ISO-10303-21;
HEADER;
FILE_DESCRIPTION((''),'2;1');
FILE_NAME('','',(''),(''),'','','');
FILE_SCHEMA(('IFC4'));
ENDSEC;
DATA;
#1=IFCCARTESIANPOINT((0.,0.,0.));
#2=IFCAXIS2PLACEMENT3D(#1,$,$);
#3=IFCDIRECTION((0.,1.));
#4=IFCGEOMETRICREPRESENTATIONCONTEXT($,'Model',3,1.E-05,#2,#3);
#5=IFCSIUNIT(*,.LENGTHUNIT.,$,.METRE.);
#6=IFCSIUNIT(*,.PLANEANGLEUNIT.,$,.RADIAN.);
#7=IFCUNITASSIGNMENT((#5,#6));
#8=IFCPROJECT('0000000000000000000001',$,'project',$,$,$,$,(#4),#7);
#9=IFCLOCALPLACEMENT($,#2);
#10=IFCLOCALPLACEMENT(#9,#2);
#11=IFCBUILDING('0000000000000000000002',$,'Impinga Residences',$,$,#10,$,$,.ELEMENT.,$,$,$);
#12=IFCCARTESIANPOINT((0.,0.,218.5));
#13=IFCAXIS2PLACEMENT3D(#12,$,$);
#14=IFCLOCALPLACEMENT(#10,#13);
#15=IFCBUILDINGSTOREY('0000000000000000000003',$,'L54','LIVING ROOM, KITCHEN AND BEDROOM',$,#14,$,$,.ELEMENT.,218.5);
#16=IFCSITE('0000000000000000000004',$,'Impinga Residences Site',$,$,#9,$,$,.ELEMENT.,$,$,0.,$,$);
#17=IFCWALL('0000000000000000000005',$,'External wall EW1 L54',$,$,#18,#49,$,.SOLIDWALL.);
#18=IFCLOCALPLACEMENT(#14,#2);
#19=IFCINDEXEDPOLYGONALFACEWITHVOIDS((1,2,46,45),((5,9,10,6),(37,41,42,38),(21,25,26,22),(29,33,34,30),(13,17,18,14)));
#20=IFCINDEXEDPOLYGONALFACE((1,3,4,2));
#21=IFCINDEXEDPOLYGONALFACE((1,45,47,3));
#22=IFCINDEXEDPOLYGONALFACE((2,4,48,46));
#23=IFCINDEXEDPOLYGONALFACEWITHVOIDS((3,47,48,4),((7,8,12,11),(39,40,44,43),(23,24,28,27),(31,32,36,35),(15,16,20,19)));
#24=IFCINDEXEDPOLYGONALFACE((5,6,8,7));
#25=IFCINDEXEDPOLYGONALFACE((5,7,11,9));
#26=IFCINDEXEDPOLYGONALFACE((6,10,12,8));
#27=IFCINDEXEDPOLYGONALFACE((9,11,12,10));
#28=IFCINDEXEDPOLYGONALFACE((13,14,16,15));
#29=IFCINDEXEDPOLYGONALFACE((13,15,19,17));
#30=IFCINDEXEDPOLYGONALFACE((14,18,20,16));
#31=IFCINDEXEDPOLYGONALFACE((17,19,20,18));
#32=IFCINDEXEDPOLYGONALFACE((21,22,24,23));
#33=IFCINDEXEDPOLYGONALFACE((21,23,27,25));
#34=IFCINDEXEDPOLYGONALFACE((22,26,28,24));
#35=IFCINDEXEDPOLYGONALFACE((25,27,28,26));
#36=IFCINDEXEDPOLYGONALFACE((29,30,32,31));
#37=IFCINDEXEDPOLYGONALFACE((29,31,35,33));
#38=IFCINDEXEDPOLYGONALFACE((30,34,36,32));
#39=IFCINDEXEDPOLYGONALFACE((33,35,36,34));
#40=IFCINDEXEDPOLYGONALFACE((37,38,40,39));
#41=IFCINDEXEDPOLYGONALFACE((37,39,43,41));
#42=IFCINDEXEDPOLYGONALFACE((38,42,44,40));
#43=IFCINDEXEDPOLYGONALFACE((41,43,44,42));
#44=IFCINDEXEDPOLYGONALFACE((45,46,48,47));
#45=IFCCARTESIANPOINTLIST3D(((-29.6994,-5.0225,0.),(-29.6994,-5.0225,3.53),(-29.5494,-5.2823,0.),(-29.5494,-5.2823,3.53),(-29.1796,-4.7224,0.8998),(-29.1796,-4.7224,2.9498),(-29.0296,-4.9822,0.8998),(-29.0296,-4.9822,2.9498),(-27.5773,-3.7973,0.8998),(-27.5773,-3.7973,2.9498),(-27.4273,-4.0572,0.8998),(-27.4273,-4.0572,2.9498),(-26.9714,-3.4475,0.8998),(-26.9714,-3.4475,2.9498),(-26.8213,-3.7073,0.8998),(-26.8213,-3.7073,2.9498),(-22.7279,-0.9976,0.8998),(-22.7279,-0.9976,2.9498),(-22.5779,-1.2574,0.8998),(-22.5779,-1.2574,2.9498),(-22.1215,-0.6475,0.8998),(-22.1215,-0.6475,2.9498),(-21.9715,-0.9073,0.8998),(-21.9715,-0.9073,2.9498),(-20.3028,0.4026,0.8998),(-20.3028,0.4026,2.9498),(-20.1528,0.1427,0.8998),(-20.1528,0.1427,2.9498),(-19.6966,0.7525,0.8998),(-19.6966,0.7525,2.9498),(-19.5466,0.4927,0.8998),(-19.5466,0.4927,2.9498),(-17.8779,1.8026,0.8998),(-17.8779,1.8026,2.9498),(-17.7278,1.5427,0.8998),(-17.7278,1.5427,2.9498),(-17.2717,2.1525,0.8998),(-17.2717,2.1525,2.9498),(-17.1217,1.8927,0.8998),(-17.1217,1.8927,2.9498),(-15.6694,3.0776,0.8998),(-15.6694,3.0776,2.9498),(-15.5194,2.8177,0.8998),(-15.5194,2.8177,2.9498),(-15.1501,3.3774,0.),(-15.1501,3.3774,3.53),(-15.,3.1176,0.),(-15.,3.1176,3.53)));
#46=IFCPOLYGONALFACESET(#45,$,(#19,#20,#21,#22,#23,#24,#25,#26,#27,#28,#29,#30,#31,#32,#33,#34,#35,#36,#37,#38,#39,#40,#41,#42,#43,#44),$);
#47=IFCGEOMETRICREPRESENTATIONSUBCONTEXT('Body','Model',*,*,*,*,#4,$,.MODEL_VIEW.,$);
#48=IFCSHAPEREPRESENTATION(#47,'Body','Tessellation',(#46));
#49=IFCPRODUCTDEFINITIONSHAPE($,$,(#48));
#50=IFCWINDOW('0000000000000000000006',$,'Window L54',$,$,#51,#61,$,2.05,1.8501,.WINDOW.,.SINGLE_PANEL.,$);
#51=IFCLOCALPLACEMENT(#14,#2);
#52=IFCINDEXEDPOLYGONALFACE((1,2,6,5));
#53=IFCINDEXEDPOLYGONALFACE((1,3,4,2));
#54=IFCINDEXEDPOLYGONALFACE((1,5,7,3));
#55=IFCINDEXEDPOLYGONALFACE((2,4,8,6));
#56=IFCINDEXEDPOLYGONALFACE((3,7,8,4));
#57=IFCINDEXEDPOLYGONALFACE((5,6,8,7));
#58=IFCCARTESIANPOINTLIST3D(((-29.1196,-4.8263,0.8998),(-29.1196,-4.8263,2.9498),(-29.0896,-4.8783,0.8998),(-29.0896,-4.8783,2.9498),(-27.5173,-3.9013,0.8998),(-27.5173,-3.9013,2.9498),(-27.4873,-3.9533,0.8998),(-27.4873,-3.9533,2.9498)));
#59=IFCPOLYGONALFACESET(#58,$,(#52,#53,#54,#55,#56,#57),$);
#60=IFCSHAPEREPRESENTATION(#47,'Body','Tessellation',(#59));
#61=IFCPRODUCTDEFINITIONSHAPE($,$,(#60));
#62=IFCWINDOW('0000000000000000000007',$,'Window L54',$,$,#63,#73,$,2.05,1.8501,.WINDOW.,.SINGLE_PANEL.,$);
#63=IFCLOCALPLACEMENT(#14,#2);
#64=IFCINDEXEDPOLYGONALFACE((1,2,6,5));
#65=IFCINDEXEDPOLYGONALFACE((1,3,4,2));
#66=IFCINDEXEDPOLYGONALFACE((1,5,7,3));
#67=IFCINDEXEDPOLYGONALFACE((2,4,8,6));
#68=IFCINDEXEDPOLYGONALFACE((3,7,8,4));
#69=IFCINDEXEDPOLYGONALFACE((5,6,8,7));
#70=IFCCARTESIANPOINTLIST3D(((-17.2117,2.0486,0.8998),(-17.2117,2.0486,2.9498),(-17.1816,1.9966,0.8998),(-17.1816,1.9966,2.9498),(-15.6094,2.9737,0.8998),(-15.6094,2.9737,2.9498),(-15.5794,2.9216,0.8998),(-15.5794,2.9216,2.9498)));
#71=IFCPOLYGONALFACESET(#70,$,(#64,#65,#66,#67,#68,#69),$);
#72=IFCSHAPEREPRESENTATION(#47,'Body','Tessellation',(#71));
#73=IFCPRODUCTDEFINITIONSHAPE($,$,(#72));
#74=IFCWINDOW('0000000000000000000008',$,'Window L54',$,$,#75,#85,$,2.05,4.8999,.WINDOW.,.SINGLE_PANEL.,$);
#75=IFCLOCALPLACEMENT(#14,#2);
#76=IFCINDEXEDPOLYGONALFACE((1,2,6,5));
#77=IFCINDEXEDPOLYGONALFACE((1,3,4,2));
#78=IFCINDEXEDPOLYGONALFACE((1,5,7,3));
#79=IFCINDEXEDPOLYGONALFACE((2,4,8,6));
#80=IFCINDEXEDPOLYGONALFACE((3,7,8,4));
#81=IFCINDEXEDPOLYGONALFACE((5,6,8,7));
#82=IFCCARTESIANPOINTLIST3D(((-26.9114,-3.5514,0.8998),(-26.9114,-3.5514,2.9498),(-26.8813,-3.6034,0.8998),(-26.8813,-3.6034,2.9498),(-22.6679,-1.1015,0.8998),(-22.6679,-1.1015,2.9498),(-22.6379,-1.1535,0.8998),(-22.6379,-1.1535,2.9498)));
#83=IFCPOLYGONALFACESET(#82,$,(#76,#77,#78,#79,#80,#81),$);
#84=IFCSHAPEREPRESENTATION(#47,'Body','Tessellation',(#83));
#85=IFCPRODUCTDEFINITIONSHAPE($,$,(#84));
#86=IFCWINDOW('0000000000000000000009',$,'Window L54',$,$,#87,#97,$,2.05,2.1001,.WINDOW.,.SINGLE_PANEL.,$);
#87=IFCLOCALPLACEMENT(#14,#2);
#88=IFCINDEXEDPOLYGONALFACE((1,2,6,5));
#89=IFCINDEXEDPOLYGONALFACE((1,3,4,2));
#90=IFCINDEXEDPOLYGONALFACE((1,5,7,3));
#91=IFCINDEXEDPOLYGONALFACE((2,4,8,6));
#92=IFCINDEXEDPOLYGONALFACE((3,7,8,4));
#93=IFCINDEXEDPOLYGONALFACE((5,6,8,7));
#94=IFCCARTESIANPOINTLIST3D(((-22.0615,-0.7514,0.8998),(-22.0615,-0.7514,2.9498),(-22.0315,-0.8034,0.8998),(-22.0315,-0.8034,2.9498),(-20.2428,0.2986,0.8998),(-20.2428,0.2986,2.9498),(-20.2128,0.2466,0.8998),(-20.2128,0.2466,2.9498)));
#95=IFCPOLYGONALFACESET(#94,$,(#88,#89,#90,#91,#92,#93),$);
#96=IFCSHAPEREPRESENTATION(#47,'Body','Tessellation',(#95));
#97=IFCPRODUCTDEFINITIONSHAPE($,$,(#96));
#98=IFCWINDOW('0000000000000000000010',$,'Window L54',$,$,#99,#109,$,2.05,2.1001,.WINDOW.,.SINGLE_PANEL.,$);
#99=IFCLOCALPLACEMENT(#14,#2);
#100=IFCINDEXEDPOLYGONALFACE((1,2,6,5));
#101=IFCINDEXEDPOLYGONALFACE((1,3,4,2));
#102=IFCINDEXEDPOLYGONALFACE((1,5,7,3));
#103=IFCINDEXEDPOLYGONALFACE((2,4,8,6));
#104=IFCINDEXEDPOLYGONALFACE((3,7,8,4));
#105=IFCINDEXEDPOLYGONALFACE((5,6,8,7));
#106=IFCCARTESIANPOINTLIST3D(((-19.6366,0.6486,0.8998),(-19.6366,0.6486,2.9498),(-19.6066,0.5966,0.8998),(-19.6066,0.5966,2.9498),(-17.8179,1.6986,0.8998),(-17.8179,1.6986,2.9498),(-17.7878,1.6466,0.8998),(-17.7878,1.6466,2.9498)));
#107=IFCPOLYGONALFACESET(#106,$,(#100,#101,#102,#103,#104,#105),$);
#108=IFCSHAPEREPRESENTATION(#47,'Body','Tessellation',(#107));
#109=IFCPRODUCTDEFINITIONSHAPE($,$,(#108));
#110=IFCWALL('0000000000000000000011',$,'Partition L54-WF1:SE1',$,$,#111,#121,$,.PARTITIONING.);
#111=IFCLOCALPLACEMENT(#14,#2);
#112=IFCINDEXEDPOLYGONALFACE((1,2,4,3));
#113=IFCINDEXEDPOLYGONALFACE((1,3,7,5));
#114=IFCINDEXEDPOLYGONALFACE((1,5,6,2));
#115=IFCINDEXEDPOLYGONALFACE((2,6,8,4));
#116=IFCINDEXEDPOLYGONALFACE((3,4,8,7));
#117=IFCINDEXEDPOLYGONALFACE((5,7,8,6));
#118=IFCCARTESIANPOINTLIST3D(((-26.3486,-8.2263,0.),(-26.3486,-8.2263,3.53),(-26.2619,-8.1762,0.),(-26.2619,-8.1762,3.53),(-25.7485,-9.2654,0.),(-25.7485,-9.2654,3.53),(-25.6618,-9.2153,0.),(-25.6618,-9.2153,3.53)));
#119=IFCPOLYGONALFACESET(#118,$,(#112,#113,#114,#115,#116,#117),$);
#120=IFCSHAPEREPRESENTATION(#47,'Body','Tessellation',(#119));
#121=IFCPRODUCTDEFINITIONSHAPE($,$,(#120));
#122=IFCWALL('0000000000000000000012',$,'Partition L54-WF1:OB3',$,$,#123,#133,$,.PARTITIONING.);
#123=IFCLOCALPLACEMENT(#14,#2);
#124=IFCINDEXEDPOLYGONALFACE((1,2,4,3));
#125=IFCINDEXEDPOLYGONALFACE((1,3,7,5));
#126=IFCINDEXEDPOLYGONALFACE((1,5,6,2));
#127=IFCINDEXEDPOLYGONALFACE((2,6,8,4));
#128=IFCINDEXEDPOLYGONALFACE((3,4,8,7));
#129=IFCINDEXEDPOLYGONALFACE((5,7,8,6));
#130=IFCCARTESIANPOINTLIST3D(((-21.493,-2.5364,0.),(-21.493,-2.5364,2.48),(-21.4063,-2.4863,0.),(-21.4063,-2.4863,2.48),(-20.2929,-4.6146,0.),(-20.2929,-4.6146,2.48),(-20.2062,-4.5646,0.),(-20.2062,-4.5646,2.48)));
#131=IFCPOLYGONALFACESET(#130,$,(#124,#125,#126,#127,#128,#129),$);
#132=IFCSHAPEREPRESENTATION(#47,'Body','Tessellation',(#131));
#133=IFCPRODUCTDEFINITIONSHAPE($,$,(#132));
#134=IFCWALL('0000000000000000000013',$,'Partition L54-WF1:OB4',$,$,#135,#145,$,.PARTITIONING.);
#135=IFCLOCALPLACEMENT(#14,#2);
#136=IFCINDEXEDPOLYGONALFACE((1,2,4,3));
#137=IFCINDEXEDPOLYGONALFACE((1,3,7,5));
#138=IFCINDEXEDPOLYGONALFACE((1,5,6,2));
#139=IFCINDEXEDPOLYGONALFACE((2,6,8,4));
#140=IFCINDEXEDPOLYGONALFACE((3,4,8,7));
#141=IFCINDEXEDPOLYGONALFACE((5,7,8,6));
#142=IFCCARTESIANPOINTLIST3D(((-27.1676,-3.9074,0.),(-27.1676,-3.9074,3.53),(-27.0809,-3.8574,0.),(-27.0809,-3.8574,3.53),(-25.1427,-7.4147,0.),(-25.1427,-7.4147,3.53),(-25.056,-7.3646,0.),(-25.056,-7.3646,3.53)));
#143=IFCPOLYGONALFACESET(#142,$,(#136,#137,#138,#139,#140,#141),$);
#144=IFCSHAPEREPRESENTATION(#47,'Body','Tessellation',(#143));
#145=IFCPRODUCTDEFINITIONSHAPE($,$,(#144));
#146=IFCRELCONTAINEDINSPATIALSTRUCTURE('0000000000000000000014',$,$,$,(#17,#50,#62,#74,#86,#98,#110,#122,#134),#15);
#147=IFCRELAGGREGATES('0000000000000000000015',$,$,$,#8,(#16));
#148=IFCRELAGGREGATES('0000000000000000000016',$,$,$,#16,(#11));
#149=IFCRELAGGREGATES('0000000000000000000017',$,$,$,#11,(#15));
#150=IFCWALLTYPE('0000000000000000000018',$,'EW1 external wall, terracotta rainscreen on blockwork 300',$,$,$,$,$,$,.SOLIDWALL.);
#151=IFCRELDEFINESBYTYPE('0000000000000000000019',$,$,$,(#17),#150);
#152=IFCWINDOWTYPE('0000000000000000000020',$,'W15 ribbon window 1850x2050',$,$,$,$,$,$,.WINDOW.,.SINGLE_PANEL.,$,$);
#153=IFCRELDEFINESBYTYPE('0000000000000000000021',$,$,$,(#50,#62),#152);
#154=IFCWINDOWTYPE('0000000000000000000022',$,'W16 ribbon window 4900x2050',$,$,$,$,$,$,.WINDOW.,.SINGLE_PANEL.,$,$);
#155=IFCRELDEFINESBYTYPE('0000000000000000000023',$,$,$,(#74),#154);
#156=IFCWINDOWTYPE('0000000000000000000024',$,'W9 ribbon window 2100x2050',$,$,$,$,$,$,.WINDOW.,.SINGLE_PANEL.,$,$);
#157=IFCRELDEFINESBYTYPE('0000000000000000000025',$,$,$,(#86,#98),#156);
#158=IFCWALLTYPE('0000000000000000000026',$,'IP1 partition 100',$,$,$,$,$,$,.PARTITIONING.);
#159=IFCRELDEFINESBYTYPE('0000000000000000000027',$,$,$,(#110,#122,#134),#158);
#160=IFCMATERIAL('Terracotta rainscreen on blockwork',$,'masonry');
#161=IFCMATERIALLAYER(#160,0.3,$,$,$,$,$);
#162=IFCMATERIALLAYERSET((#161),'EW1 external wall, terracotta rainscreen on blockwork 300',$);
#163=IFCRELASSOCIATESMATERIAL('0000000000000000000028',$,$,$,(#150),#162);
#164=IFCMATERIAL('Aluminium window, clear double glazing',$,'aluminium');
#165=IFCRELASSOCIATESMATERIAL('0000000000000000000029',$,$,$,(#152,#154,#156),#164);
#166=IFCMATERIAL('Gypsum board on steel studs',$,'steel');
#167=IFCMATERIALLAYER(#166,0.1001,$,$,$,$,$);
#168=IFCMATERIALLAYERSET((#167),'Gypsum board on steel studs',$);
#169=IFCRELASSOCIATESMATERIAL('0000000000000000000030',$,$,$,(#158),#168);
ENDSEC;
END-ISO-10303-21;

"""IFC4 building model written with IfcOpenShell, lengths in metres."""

from ifc_helpers import new_model, si_unit, direction, frame, frame_2d, origin, place, context, subcontext, project, spatial, rectangle, extrude, material, layer, layer_set, type_object, element, fill, save


model = new_model("IFC4")

# Units and contexts
model_context = context("Model", 3, precision=1e-05, world=origin(), true_north=direction((0.0, 1.0)))
body_context = subcontext(model_context, "Body", "Model", "MODEL_VIEW")
ifc_project = project(units=[si_unit("LENGTHUNIT", "METRE"), si_unit("PLANEANGLEUNIT", "RADIAN")], contexts=[model_context])

# Site, building, storey
site_placement = place(None, origin())
site = spatial("IfcSite", under=ifc_project, at=site_placement, Name="Impinga Residences Site", CompositionType="ELEMENT", RefElevation=0.0)
building_placement = place(site_placement, origin())
building = spatial("IfcBuilding", under=site, at=building_placement, Name="Impinga Residences", CompositionType="ELEMENT")
storey_placement = place(building_placement, frame((0.0, 0.0, 218.5)))
storey = spatial("IfcBuildingStorey", under=building, at=storey_placement, Name="L54", Description="LIVING ROOM, KITCHEN AND BEDROOM", CompositionType="ELEMENT", Elevation=218.5)

# Shared definitions
ifc_material_1 = material(Name="Terracotta rainscreen on blockwork", Category="masonry")
ifc_layer_1 = layer(ifc_material_1, 0.3)
ifc_layer_set_1 = layer_set([ifc_layer_1], Name="EW1 external wall, terracotta rainscreen on blockwork 300")
wall_type_1 = type_object("IfcWallType", Name="EW1 external wall, terracotta rainscreen on blockwork 300", PredefinedType="SOLIDWALL", material=ifc_layer_set_1)

# Wall, openings, windows
wall_1_placement = place(storey_placement, frame((-29.6243, -5.1523, 0.0), z_axis=(0.0, 0.0, 1.0), x_axis=(0.866029, 0.499993, 0.0)))
wall_1 = element("IfcWall", 1, at=wall_1_placement, inside=storey, type_object=wall_type_1, Name="External wall EW1 L54", PredefinedType="SOLIDWALL", context=body_context, shape_type="SweptSolid", body=[
    extrude(rectangle(XDim=16.8, YDim=0.3, at=frame_2d((8.3999, 0.0))), origin(), (0.0, 0.0, 1.0), 3.53),
])
opening_1_placement = place(wall_1_placement, frame((0.6001, 0.0, 0.8999)))
opening_1 = element("IfcOpeningElement", 2, at=opening_1_placement, cuts=wall_1, PredefinedType="OPENING", context=body_context, shape_type="SweptSolid", body=[
    extrude(rectangle(XDim=1.8501, YDim=2.05, at=frame_2d((0.925, 1.0249))), frame((0.0, 0.1599, 0.0), z_axis=(0.0, -1.0, 0.0), x_axis=(1.0, 0.0, 0.0)), (0.0, 0.0, 1.0), 0.3201),
])
opening_2_placement = place(wall_1_placement, frame((3.1499, 0.0, 0.8999)))
opening_2 = element("IfcOpeningElement", 3, at=opening_2_placement, cuts=wall_1, PredefinedType="OPENING", context=body_context, shape_type="SweptSolid", body=[
    extrude(rectangle(XDim=4.8999, YDim=2.05, at=frame_2d((2.45, 1.0249))), frame((0.0, 0.1599, 0.0), z_axis=(0.0, -1.0, 0.0), x_axis=(1.0, 0.0, 0.0)), (0.0, 0.0, 1.0), 0.3201),
])
opening_3_placement = place(wall_1_placement, frame((8.75, 0.0, 0.8999)))
opening_3 = element("IfcOpeningElement", 4, at=opening_3_placement, cuts=wall_1, PredefinedType="OPENING", context=body_context, shape_type="SweptSolid", body=[
    extrude(rectangle(XDim=2.1001, YDim=2.05, at=frame_2d((1.05, 1.0249))), frame((0.0, 0.1599, 0.0), z_axis=(0.0, -1.0, 0.0), x_axis=(1.0, 0.0, 0.0)), (0.0, 0.0, 1.0), 0.3201),
])
opening_4_placement = place(wall_1_placement, frame((11.55, 0.0, 0.8999)))
opening_4 = element("IfcOpeningElement", 5, at=opening_4_placement, cuts=wall_1, PredefinedType="OPENING", context=body_context, shape_type="SweptSolid", body=[
    extrude(rectangle(XDim=2.1001, YDim=2.05, at=frame_2d((1.05, 1.0249))), frame((0.0, 0.1599, 0.0), z_axis=(0.0, -1.0, 0.0), x_axis=(1.0, 0.0, 0.0)), (0.0, 0.0, 1.0), 0.3201),
])
opening_5_placement = place(wall_1_placement, frame((14.3501, 0.0, 0.8999)))
opening_5 = element("IfcOpeningElement", 6, at=opening_5_placement, cuts=wall_1, PredefinedType="OPENING", context=body_context, shape_type="SweptSolid", body=[
    extrude(rectangle(XDim=1.8501, YDim=2.05, at=frame_2d((0.925, 1.0249))), frame((0.0, 0.1599, 0.0), z_axis=(0.0, -1.0, 0.0), x_axis=(1.0, 0.0, 0.0)), (0.0, 0.0, 1.0), 0.3201),
])
ifc_material_2 = material(Name="Aluminium window, clear double glazing", Category="aluminium")
window_type_1 = type_object("IfcWindowType", Name="W15 ribbon window 1850x2050", PartitioningType="SINGLE_PANEL", PredefinedType="WINDOW", material=ifc_material_2)
window_1_placement = place(opening_1_placement, origin())
window_1 = element("IfcWindow", 7, at=window_1_placement, inside=storey, type_object=window_type_1, Name="Window L54", OverallHeight=2.05, OverallWidth=1.8501, PartitioningType="SINGLE_PANEL", PredefinedType="WINDOW", context=body_context, shape_type="SweptSolid", body=[
    extrude(rectangle(XDim=1.8501, YDim=2.05, at=frame_2d((0.925, 1.0249))), frame((0.0, 0.03, 0.0), z_axis=(0.0, -1.0, 0.0), x_axis=(1.0, 0.0, 0.0)), (0.0, 0.0, 1.0), 0.0601),
])
fill(opening_1, window_1)
window_2_placement = place(opening_5_placement, origin())
window_2 = element("IfcWindow", 8, at=window_2_placement, inside=storey, type_object=window_type_1, Name="Window L54", OverallHeight=2.05, OverallWidth=1.8501, PartitioningType="SINGLE_PANEL", PredefinedType="WINDOW", context=body_context, shape_type="SweptSolid", body=[
    extrude(rectangle(XDim=1.8501, YDim=2.05, at=frame_2d((0.925, 1.0249))), frame((0.0, 0.03, 0.0), z_axis=(0.0, -1.0, 0.0), x_axis=(1.0, 0.0, 0.0)), (0.0, 0.0, 1.0), 0.0601),
])
fill(opening_5, window_2)
window_type_2 = type_object("IfcWindowType", Name="W16 ribbon window 4900x2050", PartitioningType="SINGLE_PANEL", PredefinedType="WINDOW", material=ifc_material_2)
window_3_placement = place(opening_2_placement, origin())
window_3 = element("IfcWindow", 9, at=window_3_placement, inside=storey, type_object=window_type_2, Name="Window L54", OverallHeight=2.05, OverallWidth=4.8999, PartitioningType="SINGLE_PANEL", PredefinedType="WINDOW", context=body_context, shape_type="SweptSolid", body=[
    extrude(rectangle(XDim=4.8999, YDim=2.05, at=frame_2d((2.45, 1.0249))), frame((0.0, 0.03, 0.0), z_axis=(0.0, -1.0, 0.0), x_axis=(1.0, 0.0, 0.0)), (0.0, 0.0, 1.0), 0.0601),
])
fill(opening_2, window_3)
window_type_3 = type_object("IfcWindowType", Name="W9 ribbon window 2100x2050", PartitioningType="SINGLE_PANEL", PredefinedType="WINDOW", material=ifc_material_2)
window_4_placement = place(opening_3_placement, origin())
window_4 = element("IfcWindow", 10, at=window_4_placement, inside=storey, type_object=window_type_3, Name="Window L54", OverallHeight=2.05, OverallWidth=2.1001, PartitioningType="SINGLE_PANEL", PredefinedType="WINDOW", context=body_context, shape_type="SweptSolid", body=[
    extrude(rectangle(XDim=2.1001, YDim=2.05, at=frame_2d((1.05, 1.0249))), frame((0.0, 0.03, 0.0), z_axis=(0.0, -1.0, 0.0), x_axis=(1.0, 0.0, 0.0)), (0.0, 0.0, 1.0), 0.0601),
])
fill(opening_3, window_4)
window_5_placement = place(opening_4_placement, origin())
window_5 = element("IfcWindow", 11, at=window_5_placement, inside=storey, type_object=window_type_3, Name="Window L54", OverallHeight=2.05, OverallWidth=2.1001, PartitioningType="SINGLE_PANEL", PredefinedType="WINDOW", context=body_context, shape_type="SweptSolid", body=[
    extrude(rectangle(XDim=2.1001, YDim=2.05, at=frame_2d((1.05, 1.0249))), frame((0.0, 0.03, 0.0), z_axis=(0.0, -1.0, 0.0), x_axis=(1.0, 0.0, 0.0)), (0.0, 0.0, 1.0), 0.0601),
])
fill(opening_4, window_5)

# Walls
ifc_material_3 = material(Name="Gypsum board on steel studs", Category="steel")
ifc_layer_2 = layer(ifc_material_3, 0.1001)
ifc_layer_set_2 = layer_set([ifc_layer_2], Name="Gypsum board on steel studs")
wall_type_2 = type_object("IfcWallType", Name="IP1 partition 100", PredefinedType="PARTITIONING", material=ifc_layer_set_2)
wall_2_placement = place(storey_placement, frame((-25.7051, -9.2405, 0.0), z_axis=(0.0, 0.0, 1.0), x_axis=(-0.500122, 0.865955, 0.0)))
element("IfcWall", 12, at=wall_2_placement, inside=storey, type_object=wall_type_2, Name="Partition L54-WF1:SE1", PredefinedType="PARTITIONING", context=body_context, shape_type="SweptSolid", body=[
    extrude(rectangle(XDim=1.2, YDim=0.1001, at=frame_2d((0.6001, 0.0))), origin(), (0.0, 0.0, 1.0), 3.53),
])
wall_3_placement = place(storey_placement, frame((-20.2495, -4.5896, 0.0), z_axis=(0.0, 0.0, 1.0), x_axis=(-0.500078, 0.865981, 0.0)))
element("IfcWall", 13, at=wall_3_placement, inside=storey, type_object=wall_type_2, Name="Partition L54-WF1:OB3", PredefinedType="PARTITIONING", context=body_context, shape_type="SweptSolid", body=[
    extrude(rectangle(XDim=2.3999, YDim=0.1001, at=frame_2d((1.2, 0.0))), origin(), (0.0, 0.0, 1.0), 2.48),
])
wall_4_placement = place(storey_placement, frame((-25.0994, -7.3896, 0.0), z_axis=(0.0, 0.0, 1.0), x_axis=(-0.49999, 0.866031, 0.0)))
element("IfcWall", 14, at=wall_4_placement, inside=storey, type_object=wall_type_2, Name="Partition L54-WF1:OB4", PredefinedType="PARTITIONING", context=body_context, shape_type="SweptSolid", body=[
    extrude(rectangle(XDim=4.0498, YDim=0.1001, at=frame_2d((2.0249, 0.0))), origin(), (0.0, 0.0, 1.0), 3.53),
])

save(model, "model.ifc")
